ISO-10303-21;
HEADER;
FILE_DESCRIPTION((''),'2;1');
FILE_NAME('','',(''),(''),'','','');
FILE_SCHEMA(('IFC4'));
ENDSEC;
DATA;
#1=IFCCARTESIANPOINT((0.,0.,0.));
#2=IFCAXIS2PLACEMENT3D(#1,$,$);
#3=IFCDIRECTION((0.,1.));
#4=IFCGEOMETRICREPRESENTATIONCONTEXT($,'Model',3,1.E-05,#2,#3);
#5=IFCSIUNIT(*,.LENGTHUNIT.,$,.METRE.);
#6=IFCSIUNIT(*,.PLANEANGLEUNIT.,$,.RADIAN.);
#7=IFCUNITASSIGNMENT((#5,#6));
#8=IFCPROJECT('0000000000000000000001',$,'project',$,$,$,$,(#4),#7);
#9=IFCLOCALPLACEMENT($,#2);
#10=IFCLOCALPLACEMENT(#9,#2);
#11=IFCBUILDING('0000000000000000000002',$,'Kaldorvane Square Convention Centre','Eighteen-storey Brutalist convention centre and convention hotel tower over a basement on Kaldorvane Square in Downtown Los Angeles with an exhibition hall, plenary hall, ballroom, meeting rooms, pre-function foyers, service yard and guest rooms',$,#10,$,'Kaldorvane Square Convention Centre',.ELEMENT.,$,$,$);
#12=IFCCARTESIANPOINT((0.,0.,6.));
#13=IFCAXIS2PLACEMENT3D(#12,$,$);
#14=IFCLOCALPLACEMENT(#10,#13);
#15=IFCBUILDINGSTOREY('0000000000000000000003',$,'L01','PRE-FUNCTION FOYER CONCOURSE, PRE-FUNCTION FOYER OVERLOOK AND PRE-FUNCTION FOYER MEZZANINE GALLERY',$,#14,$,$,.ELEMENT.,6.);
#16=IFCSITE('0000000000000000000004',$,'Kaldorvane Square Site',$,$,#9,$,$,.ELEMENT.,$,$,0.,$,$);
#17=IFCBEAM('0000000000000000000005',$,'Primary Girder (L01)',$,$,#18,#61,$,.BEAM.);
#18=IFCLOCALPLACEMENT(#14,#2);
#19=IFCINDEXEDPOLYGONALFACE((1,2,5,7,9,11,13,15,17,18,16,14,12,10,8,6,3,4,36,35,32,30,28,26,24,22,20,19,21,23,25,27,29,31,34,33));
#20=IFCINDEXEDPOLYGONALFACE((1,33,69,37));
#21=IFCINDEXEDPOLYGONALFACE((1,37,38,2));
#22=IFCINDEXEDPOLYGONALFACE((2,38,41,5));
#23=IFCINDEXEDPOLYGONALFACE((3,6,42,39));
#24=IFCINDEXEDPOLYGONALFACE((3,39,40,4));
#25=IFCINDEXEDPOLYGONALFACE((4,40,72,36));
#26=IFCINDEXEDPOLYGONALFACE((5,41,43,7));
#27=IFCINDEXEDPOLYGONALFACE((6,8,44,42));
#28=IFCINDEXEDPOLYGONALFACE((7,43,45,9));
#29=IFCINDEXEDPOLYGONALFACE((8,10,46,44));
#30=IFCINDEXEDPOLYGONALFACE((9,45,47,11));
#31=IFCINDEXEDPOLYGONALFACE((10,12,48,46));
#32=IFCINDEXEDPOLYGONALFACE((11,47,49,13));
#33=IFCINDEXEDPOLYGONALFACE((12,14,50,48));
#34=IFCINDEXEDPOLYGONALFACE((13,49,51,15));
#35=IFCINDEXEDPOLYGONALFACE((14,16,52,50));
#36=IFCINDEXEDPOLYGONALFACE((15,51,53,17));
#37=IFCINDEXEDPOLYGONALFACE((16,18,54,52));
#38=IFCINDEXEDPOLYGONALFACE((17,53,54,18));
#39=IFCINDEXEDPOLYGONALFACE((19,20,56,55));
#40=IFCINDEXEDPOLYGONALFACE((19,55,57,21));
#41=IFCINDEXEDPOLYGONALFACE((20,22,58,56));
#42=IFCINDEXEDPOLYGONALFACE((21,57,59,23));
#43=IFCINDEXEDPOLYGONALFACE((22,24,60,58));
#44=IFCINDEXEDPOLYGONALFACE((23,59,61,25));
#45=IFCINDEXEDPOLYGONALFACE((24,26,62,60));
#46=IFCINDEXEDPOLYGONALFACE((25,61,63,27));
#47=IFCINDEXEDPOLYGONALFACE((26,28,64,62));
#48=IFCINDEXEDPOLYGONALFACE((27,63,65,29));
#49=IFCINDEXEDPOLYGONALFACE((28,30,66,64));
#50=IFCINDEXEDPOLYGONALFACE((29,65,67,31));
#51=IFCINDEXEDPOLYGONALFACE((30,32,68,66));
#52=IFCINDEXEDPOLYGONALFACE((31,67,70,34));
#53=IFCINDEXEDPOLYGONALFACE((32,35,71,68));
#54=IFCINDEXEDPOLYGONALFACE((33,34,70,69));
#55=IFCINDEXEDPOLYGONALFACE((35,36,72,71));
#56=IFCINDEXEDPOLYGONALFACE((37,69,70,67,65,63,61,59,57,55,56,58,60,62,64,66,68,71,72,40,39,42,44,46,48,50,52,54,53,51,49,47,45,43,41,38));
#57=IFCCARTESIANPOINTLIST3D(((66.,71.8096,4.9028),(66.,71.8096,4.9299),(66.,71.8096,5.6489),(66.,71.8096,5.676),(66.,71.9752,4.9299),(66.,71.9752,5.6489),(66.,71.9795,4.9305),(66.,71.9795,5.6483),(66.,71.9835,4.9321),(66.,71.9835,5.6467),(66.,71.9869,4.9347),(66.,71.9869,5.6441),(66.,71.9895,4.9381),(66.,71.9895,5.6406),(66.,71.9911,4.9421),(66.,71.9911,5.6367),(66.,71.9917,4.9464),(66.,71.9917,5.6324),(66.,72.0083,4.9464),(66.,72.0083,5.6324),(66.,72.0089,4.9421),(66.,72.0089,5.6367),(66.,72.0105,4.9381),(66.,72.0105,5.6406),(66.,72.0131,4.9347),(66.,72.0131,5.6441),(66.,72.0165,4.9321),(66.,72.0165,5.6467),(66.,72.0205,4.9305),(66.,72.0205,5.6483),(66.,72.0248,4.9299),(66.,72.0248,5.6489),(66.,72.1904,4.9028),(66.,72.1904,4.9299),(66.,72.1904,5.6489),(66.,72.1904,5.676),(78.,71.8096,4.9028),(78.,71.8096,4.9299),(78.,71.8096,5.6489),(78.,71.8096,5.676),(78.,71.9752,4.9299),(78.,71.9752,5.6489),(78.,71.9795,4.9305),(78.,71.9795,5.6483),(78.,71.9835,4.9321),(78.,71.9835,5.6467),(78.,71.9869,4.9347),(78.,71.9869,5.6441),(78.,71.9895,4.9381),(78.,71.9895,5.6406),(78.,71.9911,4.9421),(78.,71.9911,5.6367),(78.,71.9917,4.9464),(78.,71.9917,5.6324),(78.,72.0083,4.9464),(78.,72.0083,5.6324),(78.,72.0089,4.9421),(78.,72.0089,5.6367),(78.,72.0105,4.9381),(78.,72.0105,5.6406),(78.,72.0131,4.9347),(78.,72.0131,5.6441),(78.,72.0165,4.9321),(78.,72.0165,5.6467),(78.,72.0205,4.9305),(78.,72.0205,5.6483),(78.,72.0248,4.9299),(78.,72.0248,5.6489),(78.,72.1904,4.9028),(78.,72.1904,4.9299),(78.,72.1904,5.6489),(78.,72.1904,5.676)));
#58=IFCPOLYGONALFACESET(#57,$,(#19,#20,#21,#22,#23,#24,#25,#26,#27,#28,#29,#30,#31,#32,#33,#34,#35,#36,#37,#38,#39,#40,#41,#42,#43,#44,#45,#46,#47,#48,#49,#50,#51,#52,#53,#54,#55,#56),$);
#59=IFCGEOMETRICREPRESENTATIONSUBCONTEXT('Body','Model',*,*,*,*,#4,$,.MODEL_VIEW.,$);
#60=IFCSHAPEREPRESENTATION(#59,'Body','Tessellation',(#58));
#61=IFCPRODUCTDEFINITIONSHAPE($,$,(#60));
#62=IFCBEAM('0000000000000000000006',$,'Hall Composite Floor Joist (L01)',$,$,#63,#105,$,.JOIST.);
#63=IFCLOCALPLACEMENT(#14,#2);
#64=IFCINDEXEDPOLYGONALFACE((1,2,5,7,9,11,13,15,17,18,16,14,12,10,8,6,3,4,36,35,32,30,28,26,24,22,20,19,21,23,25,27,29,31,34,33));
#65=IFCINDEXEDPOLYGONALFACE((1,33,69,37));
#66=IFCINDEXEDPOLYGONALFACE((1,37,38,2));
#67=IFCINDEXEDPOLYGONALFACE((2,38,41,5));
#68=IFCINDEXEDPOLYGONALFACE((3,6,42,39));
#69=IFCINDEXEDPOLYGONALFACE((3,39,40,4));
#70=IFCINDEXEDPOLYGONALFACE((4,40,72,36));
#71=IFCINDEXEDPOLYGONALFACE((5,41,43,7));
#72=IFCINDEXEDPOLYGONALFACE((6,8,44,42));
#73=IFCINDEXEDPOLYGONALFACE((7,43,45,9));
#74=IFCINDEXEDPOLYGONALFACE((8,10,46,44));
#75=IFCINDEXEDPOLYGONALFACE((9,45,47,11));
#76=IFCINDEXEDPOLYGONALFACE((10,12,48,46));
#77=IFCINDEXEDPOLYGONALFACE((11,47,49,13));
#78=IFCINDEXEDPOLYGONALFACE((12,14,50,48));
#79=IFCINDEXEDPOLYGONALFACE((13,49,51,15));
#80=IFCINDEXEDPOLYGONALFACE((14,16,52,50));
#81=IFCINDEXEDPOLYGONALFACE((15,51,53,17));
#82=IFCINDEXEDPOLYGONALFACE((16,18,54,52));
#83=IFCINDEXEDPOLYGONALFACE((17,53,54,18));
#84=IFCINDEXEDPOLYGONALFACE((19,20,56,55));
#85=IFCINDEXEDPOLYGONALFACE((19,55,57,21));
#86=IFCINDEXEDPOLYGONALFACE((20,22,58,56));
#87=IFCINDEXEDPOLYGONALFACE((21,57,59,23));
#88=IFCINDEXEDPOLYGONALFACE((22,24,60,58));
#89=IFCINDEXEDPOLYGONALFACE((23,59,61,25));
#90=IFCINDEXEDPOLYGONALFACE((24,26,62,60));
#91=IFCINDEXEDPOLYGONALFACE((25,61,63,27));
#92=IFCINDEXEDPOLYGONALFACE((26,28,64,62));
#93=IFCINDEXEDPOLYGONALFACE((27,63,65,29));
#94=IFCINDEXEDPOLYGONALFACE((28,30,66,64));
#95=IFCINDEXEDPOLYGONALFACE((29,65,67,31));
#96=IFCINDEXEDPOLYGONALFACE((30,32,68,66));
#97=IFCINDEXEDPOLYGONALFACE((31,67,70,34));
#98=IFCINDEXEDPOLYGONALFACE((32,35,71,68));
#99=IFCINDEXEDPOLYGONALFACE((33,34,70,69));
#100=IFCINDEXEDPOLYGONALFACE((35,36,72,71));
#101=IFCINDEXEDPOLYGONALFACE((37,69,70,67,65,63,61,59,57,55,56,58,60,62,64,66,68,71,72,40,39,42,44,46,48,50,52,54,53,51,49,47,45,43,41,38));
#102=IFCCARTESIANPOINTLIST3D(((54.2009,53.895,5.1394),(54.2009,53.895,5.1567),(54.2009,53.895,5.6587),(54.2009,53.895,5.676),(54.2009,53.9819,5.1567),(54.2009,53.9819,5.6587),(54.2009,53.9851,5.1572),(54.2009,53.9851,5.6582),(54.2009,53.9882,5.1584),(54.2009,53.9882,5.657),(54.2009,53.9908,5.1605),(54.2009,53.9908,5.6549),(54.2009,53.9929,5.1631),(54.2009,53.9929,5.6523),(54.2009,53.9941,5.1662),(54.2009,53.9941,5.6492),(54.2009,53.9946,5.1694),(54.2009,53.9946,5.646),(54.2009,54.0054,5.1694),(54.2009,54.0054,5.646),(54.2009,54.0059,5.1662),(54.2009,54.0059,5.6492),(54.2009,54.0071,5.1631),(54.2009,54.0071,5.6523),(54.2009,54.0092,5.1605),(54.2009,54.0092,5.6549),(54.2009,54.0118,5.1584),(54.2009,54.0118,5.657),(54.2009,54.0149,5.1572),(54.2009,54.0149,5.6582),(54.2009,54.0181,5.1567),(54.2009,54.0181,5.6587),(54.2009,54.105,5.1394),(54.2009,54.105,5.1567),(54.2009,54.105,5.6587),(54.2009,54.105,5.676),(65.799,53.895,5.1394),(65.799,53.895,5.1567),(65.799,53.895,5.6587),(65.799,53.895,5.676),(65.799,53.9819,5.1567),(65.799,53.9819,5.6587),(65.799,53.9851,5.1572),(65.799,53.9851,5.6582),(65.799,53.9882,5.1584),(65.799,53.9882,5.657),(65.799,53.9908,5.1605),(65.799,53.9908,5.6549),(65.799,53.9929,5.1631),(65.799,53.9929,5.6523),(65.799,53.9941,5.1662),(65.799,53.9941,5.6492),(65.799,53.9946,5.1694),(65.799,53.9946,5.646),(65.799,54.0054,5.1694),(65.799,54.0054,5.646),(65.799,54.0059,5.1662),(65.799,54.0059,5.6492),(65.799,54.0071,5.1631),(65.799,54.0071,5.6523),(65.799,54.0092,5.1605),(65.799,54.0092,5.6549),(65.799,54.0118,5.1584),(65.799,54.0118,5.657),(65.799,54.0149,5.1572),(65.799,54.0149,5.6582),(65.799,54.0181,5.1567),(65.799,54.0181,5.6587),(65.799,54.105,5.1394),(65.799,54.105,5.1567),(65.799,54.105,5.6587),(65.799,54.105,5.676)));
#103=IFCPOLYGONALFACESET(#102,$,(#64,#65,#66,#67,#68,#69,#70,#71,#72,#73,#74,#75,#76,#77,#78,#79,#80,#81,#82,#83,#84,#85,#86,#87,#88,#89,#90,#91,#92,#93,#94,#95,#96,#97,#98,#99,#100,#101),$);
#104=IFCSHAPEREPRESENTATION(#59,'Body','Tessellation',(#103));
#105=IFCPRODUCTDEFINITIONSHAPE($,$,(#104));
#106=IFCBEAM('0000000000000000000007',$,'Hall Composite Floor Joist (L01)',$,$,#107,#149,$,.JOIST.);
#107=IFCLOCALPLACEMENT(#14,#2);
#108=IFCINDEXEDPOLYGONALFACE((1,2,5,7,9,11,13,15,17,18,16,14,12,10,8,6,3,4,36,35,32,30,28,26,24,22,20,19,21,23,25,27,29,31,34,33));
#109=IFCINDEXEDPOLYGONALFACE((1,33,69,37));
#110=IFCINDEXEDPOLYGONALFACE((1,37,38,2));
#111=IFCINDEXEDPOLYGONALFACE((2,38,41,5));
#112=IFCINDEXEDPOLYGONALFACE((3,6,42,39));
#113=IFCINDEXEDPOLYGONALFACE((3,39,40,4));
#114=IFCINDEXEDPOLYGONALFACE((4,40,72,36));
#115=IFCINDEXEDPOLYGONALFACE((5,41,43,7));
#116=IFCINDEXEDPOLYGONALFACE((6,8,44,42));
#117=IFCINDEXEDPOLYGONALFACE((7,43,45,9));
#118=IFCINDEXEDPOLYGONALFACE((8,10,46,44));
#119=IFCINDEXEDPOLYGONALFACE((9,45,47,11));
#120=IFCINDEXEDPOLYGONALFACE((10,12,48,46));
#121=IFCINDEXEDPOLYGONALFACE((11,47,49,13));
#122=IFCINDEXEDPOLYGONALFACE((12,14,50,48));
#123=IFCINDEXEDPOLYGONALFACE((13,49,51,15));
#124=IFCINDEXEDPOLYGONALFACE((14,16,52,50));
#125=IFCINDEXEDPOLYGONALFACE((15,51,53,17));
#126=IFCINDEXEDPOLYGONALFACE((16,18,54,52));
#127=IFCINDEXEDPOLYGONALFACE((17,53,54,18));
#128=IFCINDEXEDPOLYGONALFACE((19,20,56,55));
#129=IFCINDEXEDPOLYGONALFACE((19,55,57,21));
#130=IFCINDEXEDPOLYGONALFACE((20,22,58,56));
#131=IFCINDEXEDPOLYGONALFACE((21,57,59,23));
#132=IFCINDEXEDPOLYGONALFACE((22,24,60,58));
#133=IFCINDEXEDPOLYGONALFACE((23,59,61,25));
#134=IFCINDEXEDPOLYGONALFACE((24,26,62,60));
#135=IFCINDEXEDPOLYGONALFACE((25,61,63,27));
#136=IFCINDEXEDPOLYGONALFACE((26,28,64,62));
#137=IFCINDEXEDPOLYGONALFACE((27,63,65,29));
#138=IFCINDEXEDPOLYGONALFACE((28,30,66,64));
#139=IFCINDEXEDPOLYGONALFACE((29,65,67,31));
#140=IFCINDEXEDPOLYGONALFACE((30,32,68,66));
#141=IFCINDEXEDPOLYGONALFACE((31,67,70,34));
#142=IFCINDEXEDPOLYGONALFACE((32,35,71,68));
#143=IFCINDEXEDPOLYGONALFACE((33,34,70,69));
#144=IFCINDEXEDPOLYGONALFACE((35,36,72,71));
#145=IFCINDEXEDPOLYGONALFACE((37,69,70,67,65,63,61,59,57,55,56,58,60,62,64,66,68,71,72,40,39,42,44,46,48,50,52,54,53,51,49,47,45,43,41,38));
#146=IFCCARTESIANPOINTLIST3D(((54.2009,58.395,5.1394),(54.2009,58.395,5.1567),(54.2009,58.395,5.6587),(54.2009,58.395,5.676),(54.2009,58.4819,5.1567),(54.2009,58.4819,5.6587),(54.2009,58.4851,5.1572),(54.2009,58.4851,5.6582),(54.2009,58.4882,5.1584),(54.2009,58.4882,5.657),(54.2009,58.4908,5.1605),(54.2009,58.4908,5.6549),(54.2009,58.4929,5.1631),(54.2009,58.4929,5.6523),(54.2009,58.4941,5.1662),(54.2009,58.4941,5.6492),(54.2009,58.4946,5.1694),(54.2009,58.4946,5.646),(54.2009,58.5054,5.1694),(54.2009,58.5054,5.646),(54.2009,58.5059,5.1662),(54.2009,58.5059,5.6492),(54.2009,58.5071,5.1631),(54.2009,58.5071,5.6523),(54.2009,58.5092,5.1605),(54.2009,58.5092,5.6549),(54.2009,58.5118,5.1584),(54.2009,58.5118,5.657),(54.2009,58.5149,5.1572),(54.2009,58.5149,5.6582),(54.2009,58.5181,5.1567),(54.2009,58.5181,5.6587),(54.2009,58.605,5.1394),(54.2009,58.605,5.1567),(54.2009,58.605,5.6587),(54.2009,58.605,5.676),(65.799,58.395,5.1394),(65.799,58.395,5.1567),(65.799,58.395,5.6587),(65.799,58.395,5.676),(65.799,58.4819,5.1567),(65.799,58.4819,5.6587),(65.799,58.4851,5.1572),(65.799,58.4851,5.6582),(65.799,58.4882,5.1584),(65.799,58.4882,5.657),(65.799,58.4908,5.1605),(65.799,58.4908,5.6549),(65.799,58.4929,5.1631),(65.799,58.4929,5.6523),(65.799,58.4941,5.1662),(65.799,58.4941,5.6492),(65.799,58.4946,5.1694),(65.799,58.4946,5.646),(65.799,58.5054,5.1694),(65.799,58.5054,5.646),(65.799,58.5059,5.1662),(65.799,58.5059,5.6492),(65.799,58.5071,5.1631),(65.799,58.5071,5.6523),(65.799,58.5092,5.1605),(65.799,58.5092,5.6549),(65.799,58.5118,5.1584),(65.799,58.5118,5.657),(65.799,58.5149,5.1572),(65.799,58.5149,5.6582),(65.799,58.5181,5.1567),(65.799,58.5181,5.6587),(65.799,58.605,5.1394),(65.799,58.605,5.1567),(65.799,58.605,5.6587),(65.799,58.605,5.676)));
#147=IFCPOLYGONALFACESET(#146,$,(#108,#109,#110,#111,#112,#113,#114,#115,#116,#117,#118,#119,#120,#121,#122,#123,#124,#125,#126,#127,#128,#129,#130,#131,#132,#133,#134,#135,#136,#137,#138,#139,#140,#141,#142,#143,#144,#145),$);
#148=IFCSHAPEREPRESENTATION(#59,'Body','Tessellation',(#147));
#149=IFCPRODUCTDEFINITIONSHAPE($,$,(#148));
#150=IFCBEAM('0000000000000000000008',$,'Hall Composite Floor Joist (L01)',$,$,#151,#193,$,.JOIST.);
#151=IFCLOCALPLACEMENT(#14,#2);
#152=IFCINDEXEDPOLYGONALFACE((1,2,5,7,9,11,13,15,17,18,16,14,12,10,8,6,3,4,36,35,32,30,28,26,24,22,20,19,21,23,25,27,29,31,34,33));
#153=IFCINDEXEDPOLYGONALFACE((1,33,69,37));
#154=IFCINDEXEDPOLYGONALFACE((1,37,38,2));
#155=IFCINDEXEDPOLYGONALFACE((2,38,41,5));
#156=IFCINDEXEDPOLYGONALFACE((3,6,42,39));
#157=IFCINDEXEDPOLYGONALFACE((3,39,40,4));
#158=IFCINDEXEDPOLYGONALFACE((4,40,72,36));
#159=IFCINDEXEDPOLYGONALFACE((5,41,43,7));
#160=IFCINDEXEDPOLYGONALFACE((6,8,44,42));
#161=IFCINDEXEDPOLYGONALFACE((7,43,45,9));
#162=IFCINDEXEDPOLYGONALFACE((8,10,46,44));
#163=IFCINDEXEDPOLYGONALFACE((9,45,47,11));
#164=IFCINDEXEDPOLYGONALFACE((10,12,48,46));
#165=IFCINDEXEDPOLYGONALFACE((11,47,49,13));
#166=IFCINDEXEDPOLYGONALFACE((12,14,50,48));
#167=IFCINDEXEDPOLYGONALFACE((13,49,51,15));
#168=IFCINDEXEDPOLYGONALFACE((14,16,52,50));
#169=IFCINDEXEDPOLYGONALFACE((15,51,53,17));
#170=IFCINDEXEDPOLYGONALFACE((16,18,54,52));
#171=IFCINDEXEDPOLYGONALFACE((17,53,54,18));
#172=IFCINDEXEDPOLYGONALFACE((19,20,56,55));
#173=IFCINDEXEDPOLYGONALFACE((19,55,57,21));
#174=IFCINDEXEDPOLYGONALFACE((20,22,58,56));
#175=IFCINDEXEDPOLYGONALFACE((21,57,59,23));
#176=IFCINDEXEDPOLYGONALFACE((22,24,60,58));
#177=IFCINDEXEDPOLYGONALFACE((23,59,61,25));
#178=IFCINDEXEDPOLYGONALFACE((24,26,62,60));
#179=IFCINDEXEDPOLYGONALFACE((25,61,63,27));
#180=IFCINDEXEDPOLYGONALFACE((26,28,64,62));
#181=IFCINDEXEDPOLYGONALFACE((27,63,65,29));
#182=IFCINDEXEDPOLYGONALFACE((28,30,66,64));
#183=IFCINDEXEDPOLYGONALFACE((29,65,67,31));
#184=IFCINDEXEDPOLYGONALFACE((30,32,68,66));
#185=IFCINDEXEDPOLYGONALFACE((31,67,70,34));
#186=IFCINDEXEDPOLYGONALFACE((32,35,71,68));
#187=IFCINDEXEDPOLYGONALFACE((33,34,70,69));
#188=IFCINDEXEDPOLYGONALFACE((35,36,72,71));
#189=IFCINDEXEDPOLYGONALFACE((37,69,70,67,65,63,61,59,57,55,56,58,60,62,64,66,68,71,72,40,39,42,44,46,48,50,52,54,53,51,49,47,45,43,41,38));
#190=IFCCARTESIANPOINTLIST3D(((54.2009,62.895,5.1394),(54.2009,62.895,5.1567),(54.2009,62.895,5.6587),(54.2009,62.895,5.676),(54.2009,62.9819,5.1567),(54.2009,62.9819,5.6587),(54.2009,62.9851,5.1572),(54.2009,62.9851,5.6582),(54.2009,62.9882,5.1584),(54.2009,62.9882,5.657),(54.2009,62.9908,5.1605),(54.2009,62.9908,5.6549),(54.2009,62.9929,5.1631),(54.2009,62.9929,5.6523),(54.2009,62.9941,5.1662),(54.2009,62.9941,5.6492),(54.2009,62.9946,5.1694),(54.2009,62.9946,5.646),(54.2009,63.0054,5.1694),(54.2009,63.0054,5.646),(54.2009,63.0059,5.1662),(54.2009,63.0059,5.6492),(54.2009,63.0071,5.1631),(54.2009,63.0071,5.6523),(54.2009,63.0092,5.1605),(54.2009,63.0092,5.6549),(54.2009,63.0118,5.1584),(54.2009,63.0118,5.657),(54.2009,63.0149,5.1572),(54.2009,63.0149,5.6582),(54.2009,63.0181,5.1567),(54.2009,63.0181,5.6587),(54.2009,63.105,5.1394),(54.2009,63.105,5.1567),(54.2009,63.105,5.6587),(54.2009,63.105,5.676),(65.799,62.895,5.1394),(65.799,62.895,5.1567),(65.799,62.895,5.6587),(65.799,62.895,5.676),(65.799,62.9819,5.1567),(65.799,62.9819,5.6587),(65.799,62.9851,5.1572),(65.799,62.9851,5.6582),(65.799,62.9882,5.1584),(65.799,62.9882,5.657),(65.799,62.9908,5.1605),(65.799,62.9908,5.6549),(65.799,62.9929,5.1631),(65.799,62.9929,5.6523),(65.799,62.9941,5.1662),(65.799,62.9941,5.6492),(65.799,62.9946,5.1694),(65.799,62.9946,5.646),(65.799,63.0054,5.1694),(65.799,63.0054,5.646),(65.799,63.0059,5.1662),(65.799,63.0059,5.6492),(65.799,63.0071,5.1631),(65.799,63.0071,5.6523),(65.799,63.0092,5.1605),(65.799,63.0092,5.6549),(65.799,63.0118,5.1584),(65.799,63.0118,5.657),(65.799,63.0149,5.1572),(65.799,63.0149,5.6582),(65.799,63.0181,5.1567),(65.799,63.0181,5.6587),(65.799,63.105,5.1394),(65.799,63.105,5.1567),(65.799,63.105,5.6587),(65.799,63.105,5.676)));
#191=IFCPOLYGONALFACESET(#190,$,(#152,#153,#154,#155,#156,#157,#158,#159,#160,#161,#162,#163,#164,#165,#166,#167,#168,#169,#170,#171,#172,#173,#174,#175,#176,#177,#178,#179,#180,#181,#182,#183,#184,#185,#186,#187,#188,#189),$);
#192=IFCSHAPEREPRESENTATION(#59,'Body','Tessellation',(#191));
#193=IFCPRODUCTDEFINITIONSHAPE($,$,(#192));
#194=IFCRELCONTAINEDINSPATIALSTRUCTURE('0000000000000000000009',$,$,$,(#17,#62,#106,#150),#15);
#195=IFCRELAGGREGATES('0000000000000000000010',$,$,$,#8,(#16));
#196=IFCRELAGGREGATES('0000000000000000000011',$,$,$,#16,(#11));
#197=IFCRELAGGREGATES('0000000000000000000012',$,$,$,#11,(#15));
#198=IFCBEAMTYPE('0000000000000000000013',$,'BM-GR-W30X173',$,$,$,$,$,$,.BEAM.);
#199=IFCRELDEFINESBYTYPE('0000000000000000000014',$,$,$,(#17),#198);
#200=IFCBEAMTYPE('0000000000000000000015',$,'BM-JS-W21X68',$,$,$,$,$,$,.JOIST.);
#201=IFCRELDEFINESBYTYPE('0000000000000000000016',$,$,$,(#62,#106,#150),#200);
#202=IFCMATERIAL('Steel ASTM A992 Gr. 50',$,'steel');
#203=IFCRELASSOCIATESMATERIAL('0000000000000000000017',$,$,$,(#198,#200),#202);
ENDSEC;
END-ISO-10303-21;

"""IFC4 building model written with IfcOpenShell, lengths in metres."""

from ifc_helpers import new_model, si_unit, direction, frame, origin, origin_2d, place, context, subcontext, project, spatial, i_section, extrude, material, material_profile, profile_set, type_object, element, save


model = new_model("IFC4")

# Units and contexts
model_context = context("Model", 3, precision=1e-05, world=origin(), true_north=direction((0.0, 1.0)))
body_context = subcontext(model_context, "Body", "Model", "MODEL_VIEW")
ifc_project = project(units=[si_unit("LENGTHUNIT", "METRE"), si_unit("PLANEANGLEUNIT", "RADIAN")], contexts=[model_context])

# Site, building, storey
site_placement = place(None, origin())
site = spatial("IfcSite", under=ifc_project, at=site_placement, Name="Kaldorvane Square Site", CompositionType="ELEMENT", RefElevation=0.0)
building_placement = place(site_placement, origin())
building = spatial("IfcBuilding", under=site, at=building_placement, Name="Kaldorvane Square Convention Centre", Description="Eighteen-storey Brutalist convention centre and convention hotel tower over a basement on Kaldorvane Square in Downtown Los Angeles with an exhibition hall, plenary hall, ballroom, meeting rooms, pre-function foyers, service yard and guest rooms", LongName="Kaldorvane Square Convention Centre", CompositionType="ELEMENT")
storey_placement = place(building_placement, frame((0.0, 0.0, 6.0)))
storey = spatial("IfcBuildingStorey", under=building, at=storey_placement, Name="L01", Description="PRE-FUNCTION FOYER CONCOURSE, PRE-FUNCTION FOYER OVERLOOK AND PRE-FUNCTION FOYER MEZZANINE GALLERY", CompositionType="ELEMENT", Elevation=6.0)

# Beams
ifc_material_1 = material(Name="Steel ASTM A992 Gr. 50", Category="steel")
ifc_material_profile_1 = material_profile(ifc_material_1, i_section(OverallWidth=0.3807, OverallDepth=0.7732, WebThickness=0.0166, FlangeThickness=0.0271, FilletRadius=0.0165, at=origin_2d()), Name="W30X173")
ifc_profile_set_1 = profile_set([ifc_material_profile_1], Name="Steel ASTM A992 Gr. 50")
beam_type_1 = type_object("IfcBeamType", Name="BM-GR-W30X173", PredefinedType="BEAM", material=ifc_profile_set_1)
for number, where, z_axis, x_axis, name in (
    (1, (66.0, 72.0, 5.2894), (1.0, 0.0, 0.0), (0.0, 1.0, 0.0), "Primary Girder (L01)"),
):
    element("IfcBeam", number, at=place(storey_placement, frame(where, z_axis=z_axis, x_axis=x_axis)), inside=storey, type_object=beam_type_1, Name=name, PredefinedType="BEAM", context=body_context, shape_type="SweptSolid", body=[
        extrude(i_section(OverallWidth=0.3807, OverallDepth=0.7732, WebThickness=0.0166, FlangeThickness=0.0271, FilletRadius=0.0165, at=origin_2d()), origin(), (0.0, 0.0, 1.0), 12.0),
    ])
ifc_material_profile_2 = material_profile(ifc_material_1, i_section(OverallWidth=0.2101, OverallDepth=0.5367, WebThickness=0.0109, FlangeThickness=0.0174, FilletRadius=0.0127, at=origin_2d()), Name="W21X68")
ifc_profile_set_2 = profile_set([ifc_material_profile_2], Name="Steel ASTM A992 Gr. 50")
beam_type_2 = type_object("IfcBeamType", Name="BM-JS-W21X68", PredefinedType="JOIST", material=ifc_profile_set_2)
for number, where, z_axis, x_axis, name in (
    (2, (54.2009, 54.0, 5.4077), (1.0, 0.0, 0.0), (0.0, 1.0, 0.0), "Hall Composite Floor Joist (L01)"),
    (3, (54.2009, 58.5, 5.4077), (1.0, 0.0, 0.0), (0.0, 1.0, 0.0), "Hall Composite Floor Joist (L01)"),
    (4, (54.2009, 63.0, 5.4077), (1.0, 0.0, 0.0), (0.0, 1.0, 0.0), "Hall Composite Floor Joist (L01)"),
):
    element("IfcBeam", number, at=place(storey_placement, frame(where, z_axis=z_axis, x_axis=x_axis)), inside=storey, type_object=beam_type_2, Name=name, PredefinedType="JOIST", context=body_context, shape_type="SweptSolid", body=[
        extrude(i_section(OverallWidth=0.2101, OverallDepth=0.5367, WebThickness=0.0109, FlangeThickness=0.0174, FilletRadius=0.0127, at=origin_2d()), origin(), (0.0, 0.0, 1.0), 11.5981),
    ])

save(model, "model.ifc")
